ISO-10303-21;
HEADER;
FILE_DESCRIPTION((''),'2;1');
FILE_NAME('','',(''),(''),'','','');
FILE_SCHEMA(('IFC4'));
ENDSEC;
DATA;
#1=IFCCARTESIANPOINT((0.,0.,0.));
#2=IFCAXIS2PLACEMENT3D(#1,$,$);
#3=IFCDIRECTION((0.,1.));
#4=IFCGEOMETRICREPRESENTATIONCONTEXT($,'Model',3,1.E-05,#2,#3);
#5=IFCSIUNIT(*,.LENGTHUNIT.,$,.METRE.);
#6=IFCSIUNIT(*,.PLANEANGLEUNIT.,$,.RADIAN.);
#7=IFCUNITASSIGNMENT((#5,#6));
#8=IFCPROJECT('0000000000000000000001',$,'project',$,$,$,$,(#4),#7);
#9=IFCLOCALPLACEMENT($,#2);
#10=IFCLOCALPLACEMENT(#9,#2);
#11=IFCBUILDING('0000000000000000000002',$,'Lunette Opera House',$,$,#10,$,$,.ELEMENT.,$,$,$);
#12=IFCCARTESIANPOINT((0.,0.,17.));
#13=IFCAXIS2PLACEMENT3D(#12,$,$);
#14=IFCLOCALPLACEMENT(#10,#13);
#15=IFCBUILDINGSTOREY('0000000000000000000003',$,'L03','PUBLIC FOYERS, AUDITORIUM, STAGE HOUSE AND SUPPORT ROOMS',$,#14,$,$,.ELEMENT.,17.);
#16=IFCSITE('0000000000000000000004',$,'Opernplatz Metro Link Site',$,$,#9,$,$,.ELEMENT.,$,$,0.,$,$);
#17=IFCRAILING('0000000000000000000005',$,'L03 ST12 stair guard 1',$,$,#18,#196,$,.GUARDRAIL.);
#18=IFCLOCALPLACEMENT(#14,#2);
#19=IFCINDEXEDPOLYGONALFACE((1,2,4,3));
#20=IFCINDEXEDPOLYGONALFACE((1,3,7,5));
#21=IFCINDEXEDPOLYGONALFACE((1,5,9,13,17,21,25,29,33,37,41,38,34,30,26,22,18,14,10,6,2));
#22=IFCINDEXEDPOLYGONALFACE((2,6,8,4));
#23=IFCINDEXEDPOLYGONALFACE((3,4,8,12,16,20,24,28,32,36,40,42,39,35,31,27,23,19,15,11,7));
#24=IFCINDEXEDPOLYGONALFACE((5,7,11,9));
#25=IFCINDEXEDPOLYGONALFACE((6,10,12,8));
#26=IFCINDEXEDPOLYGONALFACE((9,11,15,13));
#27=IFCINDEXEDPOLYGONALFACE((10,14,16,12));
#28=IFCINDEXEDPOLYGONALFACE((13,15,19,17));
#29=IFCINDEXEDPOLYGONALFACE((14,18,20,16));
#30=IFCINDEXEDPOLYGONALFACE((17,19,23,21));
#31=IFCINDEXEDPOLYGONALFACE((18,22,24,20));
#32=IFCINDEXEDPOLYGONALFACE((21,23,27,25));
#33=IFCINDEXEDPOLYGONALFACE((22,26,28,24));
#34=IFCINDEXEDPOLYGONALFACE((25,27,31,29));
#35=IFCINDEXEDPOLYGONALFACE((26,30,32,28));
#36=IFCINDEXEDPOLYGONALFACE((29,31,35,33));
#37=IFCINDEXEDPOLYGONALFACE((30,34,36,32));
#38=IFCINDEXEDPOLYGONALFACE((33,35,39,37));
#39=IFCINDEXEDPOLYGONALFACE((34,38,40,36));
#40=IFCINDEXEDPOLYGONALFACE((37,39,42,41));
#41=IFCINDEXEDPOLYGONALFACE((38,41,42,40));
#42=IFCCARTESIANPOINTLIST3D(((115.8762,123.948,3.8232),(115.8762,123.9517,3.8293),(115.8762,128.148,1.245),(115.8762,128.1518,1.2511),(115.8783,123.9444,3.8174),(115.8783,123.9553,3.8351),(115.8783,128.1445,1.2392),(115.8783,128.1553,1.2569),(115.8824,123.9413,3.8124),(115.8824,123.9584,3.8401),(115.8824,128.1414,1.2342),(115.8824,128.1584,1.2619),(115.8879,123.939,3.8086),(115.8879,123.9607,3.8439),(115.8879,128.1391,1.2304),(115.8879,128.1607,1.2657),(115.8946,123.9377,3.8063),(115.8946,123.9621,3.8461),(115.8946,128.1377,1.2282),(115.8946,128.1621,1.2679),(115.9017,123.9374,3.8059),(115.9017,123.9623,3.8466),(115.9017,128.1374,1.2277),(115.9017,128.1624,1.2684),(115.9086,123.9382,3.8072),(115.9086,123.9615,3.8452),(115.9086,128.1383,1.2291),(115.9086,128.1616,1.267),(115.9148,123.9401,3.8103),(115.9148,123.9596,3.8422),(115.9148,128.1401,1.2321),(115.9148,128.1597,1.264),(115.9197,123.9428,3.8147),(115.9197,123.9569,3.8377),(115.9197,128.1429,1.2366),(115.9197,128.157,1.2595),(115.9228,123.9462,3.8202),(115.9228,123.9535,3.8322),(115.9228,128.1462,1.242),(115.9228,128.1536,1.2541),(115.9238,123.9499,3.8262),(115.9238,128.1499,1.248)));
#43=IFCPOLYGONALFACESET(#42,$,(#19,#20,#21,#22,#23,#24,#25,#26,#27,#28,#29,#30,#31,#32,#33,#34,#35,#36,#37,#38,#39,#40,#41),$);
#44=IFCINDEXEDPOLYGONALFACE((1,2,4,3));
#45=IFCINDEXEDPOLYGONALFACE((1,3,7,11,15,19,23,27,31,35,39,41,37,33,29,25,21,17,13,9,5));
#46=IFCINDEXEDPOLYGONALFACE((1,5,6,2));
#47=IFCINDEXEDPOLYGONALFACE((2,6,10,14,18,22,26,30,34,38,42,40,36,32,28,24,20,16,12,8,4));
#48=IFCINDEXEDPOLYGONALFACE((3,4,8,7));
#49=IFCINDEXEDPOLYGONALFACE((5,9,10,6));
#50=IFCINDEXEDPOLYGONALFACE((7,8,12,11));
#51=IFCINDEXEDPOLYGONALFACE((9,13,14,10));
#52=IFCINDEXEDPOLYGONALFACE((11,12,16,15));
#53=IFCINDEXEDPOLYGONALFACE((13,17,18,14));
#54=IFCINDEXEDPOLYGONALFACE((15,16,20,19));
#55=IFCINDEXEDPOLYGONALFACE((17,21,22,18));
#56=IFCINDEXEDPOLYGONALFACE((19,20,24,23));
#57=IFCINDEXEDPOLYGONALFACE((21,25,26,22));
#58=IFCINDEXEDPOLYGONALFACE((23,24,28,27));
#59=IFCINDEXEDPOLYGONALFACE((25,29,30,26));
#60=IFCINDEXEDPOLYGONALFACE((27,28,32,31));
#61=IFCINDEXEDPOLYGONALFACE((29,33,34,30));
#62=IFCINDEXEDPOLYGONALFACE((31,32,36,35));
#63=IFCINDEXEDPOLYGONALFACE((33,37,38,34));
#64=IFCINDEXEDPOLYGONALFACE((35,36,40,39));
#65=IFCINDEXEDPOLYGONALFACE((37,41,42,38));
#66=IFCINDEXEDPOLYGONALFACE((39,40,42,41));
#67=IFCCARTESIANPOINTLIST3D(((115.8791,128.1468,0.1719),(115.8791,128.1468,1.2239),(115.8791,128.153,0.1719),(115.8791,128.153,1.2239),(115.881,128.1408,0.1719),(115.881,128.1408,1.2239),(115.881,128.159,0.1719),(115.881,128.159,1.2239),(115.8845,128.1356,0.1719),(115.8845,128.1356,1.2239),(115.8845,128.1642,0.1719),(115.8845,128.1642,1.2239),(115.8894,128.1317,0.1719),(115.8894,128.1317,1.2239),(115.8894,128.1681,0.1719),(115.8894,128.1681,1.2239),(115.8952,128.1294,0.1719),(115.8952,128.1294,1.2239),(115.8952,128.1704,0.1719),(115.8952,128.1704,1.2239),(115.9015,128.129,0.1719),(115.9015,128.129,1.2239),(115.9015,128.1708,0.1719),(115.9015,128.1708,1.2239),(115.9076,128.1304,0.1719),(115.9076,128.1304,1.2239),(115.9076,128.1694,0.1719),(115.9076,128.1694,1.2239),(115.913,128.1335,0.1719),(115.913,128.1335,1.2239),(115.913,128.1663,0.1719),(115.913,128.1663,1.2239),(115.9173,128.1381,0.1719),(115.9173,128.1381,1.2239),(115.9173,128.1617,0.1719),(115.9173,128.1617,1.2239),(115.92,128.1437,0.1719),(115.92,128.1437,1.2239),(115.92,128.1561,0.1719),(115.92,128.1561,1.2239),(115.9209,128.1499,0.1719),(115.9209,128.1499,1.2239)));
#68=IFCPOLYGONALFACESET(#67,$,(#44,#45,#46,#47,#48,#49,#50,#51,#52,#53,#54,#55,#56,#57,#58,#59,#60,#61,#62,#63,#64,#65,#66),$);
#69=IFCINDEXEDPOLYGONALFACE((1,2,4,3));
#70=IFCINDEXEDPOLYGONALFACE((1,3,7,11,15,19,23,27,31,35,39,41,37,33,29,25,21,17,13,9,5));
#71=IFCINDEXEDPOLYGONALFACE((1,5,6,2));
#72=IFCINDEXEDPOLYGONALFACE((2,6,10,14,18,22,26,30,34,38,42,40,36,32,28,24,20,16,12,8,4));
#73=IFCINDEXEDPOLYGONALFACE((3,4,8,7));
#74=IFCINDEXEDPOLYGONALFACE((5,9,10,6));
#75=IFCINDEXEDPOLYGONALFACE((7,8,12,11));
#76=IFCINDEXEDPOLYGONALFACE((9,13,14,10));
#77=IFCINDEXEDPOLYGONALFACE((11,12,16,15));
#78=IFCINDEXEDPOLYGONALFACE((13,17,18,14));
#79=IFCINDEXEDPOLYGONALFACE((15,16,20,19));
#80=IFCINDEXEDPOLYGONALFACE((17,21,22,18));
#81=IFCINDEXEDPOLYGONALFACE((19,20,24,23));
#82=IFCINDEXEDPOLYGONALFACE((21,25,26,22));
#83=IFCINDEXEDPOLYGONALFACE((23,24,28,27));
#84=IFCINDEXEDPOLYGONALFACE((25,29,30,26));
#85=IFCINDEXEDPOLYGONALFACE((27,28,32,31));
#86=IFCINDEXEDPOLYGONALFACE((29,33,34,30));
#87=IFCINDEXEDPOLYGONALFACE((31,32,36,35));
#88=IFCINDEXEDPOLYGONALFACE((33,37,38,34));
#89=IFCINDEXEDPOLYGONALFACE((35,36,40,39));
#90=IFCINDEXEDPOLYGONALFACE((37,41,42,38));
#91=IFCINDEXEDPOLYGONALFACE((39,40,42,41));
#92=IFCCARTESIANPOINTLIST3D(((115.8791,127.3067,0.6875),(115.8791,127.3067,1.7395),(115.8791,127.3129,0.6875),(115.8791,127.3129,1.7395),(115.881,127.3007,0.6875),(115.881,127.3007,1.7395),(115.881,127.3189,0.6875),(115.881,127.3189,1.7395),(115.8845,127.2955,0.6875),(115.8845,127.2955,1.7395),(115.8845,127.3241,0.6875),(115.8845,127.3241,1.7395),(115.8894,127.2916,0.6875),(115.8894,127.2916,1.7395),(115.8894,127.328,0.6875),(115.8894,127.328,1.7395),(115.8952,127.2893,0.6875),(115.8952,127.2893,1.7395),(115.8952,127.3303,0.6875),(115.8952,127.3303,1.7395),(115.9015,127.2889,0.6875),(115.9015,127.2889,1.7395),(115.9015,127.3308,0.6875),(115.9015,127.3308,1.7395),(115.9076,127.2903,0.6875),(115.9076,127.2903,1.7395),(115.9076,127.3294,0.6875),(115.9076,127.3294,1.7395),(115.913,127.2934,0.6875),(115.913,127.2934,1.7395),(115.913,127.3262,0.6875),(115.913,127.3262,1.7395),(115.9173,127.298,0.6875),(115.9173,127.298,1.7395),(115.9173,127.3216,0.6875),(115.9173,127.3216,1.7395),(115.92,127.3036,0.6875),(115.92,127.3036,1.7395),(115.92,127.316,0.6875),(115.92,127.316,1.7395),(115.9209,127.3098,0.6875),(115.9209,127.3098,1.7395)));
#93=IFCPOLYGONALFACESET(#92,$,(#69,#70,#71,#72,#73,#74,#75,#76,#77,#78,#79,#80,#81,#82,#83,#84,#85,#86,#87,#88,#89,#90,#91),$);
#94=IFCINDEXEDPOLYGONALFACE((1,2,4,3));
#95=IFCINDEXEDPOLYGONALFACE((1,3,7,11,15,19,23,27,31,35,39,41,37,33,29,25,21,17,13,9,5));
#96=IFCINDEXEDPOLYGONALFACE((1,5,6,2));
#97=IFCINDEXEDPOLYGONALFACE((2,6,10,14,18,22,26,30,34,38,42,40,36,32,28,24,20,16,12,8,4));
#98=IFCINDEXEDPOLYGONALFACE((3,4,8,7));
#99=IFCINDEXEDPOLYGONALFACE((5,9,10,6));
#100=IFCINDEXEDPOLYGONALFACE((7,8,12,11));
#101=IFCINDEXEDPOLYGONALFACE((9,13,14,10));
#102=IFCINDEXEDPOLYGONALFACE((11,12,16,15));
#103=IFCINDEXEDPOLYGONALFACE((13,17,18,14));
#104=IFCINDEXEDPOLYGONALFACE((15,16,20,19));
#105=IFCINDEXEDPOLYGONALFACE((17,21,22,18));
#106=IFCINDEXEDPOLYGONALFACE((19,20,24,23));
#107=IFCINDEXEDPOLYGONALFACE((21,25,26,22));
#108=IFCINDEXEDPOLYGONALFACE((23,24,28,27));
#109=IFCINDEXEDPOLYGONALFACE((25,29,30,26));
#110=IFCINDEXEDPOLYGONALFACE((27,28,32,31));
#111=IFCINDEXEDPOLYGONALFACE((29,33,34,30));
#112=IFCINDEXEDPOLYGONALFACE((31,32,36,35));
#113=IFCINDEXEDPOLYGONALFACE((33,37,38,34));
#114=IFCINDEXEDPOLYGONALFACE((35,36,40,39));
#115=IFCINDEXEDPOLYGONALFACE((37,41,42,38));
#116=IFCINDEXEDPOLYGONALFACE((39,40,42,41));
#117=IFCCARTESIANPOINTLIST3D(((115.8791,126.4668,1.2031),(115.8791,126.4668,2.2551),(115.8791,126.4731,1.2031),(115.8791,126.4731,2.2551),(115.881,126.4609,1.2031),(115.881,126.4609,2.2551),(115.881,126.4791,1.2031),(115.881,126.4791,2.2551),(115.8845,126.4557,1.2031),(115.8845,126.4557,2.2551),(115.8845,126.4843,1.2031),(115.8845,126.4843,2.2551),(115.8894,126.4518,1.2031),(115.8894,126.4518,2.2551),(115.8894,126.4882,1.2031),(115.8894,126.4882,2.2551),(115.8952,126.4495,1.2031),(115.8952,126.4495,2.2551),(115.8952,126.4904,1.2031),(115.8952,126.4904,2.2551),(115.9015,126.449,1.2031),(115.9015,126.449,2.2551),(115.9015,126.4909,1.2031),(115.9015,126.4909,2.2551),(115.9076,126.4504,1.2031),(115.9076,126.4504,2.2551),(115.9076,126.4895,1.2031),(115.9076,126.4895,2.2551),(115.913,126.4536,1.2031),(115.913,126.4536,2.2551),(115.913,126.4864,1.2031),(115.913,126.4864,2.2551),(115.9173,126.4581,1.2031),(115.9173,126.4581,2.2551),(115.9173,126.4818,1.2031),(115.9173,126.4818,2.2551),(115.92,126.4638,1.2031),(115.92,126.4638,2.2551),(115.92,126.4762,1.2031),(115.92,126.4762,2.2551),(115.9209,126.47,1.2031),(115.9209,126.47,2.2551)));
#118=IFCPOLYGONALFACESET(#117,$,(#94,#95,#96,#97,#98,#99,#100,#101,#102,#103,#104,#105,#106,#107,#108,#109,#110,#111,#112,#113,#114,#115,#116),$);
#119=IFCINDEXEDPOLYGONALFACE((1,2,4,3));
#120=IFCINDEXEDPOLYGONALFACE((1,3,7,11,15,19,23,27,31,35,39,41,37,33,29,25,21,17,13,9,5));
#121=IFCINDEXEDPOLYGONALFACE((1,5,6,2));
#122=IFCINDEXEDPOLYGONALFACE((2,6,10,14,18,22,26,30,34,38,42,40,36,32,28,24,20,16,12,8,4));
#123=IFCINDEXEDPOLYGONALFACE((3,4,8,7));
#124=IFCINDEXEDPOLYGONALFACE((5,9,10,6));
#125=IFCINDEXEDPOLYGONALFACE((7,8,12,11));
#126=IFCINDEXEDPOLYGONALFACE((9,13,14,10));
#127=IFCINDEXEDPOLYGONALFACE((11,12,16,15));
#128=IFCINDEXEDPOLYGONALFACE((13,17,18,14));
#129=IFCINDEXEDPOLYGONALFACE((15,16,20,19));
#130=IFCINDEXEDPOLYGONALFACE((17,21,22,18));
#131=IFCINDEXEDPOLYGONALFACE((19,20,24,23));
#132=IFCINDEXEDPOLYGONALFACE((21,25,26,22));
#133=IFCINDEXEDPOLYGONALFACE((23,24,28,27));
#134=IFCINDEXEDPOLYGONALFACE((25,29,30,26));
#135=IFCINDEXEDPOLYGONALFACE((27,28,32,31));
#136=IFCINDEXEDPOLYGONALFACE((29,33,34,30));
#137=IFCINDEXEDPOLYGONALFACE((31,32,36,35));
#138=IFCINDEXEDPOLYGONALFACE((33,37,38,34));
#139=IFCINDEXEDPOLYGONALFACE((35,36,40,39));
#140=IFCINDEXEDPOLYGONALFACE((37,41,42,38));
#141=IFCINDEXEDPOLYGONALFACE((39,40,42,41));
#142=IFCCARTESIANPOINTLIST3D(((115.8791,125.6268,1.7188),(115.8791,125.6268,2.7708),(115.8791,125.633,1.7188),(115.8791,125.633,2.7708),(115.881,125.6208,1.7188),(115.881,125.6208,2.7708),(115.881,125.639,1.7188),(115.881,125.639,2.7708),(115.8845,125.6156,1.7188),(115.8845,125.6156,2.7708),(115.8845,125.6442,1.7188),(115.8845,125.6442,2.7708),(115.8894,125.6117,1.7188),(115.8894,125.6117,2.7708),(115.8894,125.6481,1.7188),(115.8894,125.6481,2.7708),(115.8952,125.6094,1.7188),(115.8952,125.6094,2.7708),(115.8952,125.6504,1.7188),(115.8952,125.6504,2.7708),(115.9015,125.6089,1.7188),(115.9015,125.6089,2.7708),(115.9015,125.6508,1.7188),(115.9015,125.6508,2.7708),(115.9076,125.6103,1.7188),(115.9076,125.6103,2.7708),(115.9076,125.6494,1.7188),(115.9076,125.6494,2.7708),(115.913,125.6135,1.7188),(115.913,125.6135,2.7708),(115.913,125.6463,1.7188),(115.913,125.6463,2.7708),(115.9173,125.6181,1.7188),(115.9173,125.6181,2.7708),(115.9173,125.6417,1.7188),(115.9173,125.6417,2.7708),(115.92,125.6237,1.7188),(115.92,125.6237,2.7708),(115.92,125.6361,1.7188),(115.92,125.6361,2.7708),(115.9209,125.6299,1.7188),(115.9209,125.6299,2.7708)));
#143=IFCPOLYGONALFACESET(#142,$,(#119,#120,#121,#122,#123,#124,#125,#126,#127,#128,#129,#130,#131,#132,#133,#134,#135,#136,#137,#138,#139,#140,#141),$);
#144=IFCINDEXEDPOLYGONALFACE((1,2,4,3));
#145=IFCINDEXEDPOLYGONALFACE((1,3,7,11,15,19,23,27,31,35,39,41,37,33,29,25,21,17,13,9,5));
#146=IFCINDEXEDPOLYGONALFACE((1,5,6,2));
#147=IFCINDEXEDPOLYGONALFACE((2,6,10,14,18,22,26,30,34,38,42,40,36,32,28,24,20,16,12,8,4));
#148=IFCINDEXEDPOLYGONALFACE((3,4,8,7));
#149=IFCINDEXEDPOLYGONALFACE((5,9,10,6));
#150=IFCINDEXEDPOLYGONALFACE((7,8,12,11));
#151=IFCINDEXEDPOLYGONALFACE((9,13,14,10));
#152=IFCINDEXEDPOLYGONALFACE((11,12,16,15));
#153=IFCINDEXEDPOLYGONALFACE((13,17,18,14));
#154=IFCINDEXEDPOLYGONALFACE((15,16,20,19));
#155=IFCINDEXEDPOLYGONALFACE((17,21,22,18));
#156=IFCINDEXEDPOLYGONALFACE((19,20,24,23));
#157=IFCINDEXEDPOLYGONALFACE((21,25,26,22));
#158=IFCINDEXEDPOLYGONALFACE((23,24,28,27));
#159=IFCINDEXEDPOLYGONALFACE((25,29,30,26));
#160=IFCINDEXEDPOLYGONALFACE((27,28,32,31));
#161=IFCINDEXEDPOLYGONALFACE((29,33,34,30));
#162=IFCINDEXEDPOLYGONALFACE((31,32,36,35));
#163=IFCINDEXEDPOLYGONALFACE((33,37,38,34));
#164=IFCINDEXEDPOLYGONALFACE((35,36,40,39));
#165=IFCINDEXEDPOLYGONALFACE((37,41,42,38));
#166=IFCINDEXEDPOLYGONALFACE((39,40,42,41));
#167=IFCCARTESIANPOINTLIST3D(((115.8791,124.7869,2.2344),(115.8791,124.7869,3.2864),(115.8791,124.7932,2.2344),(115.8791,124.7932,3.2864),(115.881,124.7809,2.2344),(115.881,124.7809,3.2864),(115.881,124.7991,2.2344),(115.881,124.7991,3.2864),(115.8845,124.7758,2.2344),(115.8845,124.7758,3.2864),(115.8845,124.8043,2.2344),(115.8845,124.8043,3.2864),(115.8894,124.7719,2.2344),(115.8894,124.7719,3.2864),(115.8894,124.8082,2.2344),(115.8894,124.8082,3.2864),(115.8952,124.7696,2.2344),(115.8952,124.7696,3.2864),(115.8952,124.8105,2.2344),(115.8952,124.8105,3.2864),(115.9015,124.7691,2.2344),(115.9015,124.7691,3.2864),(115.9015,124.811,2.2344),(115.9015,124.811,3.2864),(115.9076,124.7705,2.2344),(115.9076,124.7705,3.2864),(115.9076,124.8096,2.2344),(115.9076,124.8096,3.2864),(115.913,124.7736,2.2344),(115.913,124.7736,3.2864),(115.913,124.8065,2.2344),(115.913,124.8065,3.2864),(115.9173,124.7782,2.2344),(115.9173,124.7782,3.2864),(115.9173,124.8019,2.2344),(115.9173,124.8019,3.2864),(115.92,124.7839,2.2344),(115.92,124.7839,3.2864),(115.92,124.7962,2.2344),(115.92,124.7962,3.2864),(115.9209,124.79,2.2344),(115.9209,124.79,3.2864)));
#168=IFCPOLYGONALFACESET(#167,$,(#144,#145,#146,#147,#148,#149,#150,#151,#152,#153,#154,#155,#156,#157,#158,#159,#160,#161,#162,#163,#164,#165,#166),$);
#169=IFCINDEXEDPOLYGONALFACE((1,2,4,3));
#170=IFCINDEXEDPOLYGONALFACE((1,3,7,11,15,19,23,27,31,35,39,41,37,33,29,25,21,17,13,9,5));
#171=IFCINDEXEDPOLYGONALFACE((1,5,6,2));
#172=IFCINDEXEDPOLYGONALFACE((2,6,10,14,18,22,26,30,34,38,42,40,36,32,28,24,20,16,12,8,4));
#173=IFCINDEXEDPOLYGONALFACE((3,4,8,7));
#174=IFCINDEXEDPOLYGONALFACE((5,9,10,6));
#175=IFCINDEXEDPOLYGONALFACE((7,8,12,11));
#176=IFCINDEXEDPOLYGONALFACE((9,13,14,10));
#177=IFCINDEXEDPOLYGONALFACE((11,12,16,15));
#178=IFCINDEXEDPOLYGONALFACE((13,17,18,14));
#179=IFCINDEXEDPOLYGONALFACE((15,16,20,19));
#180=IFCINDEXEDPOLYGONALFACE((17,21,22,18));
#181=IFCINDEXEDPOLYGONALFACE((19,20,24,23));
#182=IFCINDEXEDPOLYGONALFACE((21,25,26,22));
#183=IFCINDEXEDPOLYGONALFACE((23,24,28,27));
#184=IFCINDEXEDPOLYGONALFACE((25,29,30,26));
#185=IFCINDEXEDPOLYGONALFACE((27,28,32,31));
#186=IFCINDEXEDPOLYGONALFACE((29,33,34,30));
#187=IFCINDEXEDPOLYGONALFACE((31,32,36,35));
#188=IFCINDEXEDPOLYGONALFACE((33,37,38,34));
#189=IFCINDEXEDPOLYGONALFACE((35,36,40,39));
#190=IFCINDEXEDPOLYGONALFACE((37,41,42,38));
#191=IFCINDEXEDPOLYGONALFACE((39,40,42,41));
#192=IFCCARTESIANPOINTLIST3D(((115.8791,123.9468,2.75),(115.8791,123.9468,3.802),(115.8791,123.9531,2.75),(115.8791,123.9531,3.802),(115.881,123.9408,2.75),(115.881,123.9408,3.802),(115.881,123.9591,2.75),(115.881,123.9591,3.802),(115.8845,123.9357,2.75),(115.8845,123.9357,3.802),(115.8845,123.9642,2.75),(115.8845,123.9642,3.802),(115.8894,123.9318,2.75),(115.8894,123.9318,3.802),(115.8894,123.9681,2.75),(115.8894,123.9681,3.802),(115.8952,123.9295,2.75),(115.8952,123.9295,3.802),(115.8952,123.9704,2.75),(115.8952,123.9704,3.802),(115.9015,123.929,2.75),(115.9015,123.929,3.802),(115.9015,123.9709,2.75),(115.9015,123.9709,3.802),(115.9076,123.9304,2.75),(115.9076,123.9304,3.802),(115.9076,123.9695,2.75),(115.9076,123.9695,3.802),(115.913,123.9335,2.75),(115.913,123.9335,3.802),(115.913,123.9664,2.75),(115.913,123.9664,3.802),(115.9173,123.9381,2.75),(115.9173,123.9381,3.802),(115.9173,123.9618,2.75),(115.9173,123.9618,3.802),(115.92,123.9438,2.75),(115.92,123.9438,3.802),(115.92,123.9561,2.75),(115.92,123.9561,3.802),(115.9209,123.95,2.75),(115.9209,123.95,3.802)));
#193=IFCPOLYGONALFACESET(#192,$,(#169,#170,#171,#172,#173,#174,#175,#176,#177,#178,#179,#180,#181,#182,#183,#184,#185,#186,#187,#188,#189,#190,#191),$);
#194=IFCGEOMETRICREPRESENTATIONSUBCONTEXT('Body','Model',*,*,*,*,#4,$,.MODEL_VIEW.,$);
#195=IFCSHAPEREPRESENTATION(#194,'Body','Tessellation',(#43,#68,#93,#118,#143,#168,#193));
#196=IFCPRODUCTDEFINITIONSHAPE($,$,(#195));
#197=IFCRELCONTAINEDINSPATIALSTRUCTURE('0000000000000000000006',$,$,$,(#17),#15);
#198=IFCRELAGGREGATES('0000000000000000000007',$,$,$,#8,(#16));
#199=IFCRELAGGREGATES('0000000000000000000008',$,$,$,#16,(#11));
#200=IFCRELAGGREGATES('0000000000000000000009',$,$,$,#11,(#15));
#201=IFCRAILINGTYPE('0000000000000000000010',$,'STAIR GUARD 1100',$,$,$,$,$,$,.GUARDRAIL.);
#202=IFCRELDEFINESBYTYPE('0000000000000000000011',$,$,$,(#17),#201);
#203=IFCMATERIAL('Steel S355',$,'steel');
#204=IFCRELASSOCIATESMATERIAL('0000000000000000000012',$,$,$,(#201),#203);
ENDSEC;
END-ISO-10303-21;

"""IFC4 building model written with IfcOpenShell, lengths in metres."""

from ifc_helpers import new_model, si_unit, direction, frame, origin, origin_2d, place, context, subcontext, project, spatial, circle, extrude, material, type_object, element, save


model = new_model("IFC4")

# Units and contexts
model_context = context("Model", 3, precision=1e-05, world=origin(), true_north=direction((0.0, 1.0)))
body_context = subcontext(model_context, "Body", "Model", "MODEL_VIEW")
ifc_project = project(units=[si_unit("LENGTHUNIT", "METRE"), si_unit("PLANEANGLEUNIT", "RADIAN")], contexts=[model_context])

# Site, building, storey
site_placement = place(None, origin())
site = spatial("IfcSite", under=ifc_project, at=site_placement, Name="Opernplatz Metro Link Site", CompositionType="ELEMENT", RefElevation=0.0)
building_placement = place(site_placement, origin())
building = spatial("IfcBuilding", under=site, at=building_placement, Name="Lunette Opera House", CompositionType="ELEMENT")
storey_placement = place(building_placement, frame((0.0, 0.0, 17.0)))
storey = spatial("IfcBuildingStorey", under=building, at=storey_placement, Name="L03", Description="PUBLIC FOYERS, AUDITORIUM, STAGE HOUSE AND SUPPORT ROOMS", CompositionType="ELEMENT", Elevation=17.0)

# Railing
ifc_material_1 = material(Name="Steel S355", Category="steel")
railing_type_1 = type_object("IfcRailingType", Name="STAIR GUARD 1100", PredefinedType="GUARDRAIL", material=ifc_material_1)
railing_1_placement = place(storey_placement, frame((115.8999, 128.1499, 0.1719)))
element("IfcRailing", 1, at=railing_1_placement, inside=storey, type_object=railing_type_1, Name="L03 ST12 stair guard 1", PredefinedType="GUARDRAIL", context=body_context, shape_type="SweptSolid", body=[
    extrude(circle(Radius=0.0239, at=origin_2d()), frame((0.0, 0.0, 1.0762), z_axis=(0.0, -0.852243, 0.523146), x_axis=(1.0, 0.0, 0.0)), (0.0, 0.0, 1.0), 4.9282),
    extrude(circle(Radius=0.021, at=origin_2d()), origin(), (0.0, 0.0, 1.0), 1.052),
    extrude(circle(Radius=0.021, at=origin_2d()), frame((0.0, -0.8401, 0.5156)), (0.0, 0.0, 1.0), 1.052),
    extrude(circle(Radius=0.021, at=origin_2d()), frame((0.0, -1.6799, 1.0312)), (0.0, 0.0, 1.0), 1.052),
    extrude(circle(Radius=0.021, at=origin_2d()), frame((0.0, -2.52, 1.5469)), (0.0, 0.0, 1.0), 1.052),
    extrude(circle(Radius=0.021, at=origin_2d()), frame((0.0, -3.3599, 2.0625)), (0.0, 0.0, 1.0), 1.052),
    extrude(circle(Radius=0.021, at=origin_2d()), frame((0.0, -4.2, 2.5781)), (0.0, 0.0, 1.0), 1.052),
])

save(model, "model.ifc")
